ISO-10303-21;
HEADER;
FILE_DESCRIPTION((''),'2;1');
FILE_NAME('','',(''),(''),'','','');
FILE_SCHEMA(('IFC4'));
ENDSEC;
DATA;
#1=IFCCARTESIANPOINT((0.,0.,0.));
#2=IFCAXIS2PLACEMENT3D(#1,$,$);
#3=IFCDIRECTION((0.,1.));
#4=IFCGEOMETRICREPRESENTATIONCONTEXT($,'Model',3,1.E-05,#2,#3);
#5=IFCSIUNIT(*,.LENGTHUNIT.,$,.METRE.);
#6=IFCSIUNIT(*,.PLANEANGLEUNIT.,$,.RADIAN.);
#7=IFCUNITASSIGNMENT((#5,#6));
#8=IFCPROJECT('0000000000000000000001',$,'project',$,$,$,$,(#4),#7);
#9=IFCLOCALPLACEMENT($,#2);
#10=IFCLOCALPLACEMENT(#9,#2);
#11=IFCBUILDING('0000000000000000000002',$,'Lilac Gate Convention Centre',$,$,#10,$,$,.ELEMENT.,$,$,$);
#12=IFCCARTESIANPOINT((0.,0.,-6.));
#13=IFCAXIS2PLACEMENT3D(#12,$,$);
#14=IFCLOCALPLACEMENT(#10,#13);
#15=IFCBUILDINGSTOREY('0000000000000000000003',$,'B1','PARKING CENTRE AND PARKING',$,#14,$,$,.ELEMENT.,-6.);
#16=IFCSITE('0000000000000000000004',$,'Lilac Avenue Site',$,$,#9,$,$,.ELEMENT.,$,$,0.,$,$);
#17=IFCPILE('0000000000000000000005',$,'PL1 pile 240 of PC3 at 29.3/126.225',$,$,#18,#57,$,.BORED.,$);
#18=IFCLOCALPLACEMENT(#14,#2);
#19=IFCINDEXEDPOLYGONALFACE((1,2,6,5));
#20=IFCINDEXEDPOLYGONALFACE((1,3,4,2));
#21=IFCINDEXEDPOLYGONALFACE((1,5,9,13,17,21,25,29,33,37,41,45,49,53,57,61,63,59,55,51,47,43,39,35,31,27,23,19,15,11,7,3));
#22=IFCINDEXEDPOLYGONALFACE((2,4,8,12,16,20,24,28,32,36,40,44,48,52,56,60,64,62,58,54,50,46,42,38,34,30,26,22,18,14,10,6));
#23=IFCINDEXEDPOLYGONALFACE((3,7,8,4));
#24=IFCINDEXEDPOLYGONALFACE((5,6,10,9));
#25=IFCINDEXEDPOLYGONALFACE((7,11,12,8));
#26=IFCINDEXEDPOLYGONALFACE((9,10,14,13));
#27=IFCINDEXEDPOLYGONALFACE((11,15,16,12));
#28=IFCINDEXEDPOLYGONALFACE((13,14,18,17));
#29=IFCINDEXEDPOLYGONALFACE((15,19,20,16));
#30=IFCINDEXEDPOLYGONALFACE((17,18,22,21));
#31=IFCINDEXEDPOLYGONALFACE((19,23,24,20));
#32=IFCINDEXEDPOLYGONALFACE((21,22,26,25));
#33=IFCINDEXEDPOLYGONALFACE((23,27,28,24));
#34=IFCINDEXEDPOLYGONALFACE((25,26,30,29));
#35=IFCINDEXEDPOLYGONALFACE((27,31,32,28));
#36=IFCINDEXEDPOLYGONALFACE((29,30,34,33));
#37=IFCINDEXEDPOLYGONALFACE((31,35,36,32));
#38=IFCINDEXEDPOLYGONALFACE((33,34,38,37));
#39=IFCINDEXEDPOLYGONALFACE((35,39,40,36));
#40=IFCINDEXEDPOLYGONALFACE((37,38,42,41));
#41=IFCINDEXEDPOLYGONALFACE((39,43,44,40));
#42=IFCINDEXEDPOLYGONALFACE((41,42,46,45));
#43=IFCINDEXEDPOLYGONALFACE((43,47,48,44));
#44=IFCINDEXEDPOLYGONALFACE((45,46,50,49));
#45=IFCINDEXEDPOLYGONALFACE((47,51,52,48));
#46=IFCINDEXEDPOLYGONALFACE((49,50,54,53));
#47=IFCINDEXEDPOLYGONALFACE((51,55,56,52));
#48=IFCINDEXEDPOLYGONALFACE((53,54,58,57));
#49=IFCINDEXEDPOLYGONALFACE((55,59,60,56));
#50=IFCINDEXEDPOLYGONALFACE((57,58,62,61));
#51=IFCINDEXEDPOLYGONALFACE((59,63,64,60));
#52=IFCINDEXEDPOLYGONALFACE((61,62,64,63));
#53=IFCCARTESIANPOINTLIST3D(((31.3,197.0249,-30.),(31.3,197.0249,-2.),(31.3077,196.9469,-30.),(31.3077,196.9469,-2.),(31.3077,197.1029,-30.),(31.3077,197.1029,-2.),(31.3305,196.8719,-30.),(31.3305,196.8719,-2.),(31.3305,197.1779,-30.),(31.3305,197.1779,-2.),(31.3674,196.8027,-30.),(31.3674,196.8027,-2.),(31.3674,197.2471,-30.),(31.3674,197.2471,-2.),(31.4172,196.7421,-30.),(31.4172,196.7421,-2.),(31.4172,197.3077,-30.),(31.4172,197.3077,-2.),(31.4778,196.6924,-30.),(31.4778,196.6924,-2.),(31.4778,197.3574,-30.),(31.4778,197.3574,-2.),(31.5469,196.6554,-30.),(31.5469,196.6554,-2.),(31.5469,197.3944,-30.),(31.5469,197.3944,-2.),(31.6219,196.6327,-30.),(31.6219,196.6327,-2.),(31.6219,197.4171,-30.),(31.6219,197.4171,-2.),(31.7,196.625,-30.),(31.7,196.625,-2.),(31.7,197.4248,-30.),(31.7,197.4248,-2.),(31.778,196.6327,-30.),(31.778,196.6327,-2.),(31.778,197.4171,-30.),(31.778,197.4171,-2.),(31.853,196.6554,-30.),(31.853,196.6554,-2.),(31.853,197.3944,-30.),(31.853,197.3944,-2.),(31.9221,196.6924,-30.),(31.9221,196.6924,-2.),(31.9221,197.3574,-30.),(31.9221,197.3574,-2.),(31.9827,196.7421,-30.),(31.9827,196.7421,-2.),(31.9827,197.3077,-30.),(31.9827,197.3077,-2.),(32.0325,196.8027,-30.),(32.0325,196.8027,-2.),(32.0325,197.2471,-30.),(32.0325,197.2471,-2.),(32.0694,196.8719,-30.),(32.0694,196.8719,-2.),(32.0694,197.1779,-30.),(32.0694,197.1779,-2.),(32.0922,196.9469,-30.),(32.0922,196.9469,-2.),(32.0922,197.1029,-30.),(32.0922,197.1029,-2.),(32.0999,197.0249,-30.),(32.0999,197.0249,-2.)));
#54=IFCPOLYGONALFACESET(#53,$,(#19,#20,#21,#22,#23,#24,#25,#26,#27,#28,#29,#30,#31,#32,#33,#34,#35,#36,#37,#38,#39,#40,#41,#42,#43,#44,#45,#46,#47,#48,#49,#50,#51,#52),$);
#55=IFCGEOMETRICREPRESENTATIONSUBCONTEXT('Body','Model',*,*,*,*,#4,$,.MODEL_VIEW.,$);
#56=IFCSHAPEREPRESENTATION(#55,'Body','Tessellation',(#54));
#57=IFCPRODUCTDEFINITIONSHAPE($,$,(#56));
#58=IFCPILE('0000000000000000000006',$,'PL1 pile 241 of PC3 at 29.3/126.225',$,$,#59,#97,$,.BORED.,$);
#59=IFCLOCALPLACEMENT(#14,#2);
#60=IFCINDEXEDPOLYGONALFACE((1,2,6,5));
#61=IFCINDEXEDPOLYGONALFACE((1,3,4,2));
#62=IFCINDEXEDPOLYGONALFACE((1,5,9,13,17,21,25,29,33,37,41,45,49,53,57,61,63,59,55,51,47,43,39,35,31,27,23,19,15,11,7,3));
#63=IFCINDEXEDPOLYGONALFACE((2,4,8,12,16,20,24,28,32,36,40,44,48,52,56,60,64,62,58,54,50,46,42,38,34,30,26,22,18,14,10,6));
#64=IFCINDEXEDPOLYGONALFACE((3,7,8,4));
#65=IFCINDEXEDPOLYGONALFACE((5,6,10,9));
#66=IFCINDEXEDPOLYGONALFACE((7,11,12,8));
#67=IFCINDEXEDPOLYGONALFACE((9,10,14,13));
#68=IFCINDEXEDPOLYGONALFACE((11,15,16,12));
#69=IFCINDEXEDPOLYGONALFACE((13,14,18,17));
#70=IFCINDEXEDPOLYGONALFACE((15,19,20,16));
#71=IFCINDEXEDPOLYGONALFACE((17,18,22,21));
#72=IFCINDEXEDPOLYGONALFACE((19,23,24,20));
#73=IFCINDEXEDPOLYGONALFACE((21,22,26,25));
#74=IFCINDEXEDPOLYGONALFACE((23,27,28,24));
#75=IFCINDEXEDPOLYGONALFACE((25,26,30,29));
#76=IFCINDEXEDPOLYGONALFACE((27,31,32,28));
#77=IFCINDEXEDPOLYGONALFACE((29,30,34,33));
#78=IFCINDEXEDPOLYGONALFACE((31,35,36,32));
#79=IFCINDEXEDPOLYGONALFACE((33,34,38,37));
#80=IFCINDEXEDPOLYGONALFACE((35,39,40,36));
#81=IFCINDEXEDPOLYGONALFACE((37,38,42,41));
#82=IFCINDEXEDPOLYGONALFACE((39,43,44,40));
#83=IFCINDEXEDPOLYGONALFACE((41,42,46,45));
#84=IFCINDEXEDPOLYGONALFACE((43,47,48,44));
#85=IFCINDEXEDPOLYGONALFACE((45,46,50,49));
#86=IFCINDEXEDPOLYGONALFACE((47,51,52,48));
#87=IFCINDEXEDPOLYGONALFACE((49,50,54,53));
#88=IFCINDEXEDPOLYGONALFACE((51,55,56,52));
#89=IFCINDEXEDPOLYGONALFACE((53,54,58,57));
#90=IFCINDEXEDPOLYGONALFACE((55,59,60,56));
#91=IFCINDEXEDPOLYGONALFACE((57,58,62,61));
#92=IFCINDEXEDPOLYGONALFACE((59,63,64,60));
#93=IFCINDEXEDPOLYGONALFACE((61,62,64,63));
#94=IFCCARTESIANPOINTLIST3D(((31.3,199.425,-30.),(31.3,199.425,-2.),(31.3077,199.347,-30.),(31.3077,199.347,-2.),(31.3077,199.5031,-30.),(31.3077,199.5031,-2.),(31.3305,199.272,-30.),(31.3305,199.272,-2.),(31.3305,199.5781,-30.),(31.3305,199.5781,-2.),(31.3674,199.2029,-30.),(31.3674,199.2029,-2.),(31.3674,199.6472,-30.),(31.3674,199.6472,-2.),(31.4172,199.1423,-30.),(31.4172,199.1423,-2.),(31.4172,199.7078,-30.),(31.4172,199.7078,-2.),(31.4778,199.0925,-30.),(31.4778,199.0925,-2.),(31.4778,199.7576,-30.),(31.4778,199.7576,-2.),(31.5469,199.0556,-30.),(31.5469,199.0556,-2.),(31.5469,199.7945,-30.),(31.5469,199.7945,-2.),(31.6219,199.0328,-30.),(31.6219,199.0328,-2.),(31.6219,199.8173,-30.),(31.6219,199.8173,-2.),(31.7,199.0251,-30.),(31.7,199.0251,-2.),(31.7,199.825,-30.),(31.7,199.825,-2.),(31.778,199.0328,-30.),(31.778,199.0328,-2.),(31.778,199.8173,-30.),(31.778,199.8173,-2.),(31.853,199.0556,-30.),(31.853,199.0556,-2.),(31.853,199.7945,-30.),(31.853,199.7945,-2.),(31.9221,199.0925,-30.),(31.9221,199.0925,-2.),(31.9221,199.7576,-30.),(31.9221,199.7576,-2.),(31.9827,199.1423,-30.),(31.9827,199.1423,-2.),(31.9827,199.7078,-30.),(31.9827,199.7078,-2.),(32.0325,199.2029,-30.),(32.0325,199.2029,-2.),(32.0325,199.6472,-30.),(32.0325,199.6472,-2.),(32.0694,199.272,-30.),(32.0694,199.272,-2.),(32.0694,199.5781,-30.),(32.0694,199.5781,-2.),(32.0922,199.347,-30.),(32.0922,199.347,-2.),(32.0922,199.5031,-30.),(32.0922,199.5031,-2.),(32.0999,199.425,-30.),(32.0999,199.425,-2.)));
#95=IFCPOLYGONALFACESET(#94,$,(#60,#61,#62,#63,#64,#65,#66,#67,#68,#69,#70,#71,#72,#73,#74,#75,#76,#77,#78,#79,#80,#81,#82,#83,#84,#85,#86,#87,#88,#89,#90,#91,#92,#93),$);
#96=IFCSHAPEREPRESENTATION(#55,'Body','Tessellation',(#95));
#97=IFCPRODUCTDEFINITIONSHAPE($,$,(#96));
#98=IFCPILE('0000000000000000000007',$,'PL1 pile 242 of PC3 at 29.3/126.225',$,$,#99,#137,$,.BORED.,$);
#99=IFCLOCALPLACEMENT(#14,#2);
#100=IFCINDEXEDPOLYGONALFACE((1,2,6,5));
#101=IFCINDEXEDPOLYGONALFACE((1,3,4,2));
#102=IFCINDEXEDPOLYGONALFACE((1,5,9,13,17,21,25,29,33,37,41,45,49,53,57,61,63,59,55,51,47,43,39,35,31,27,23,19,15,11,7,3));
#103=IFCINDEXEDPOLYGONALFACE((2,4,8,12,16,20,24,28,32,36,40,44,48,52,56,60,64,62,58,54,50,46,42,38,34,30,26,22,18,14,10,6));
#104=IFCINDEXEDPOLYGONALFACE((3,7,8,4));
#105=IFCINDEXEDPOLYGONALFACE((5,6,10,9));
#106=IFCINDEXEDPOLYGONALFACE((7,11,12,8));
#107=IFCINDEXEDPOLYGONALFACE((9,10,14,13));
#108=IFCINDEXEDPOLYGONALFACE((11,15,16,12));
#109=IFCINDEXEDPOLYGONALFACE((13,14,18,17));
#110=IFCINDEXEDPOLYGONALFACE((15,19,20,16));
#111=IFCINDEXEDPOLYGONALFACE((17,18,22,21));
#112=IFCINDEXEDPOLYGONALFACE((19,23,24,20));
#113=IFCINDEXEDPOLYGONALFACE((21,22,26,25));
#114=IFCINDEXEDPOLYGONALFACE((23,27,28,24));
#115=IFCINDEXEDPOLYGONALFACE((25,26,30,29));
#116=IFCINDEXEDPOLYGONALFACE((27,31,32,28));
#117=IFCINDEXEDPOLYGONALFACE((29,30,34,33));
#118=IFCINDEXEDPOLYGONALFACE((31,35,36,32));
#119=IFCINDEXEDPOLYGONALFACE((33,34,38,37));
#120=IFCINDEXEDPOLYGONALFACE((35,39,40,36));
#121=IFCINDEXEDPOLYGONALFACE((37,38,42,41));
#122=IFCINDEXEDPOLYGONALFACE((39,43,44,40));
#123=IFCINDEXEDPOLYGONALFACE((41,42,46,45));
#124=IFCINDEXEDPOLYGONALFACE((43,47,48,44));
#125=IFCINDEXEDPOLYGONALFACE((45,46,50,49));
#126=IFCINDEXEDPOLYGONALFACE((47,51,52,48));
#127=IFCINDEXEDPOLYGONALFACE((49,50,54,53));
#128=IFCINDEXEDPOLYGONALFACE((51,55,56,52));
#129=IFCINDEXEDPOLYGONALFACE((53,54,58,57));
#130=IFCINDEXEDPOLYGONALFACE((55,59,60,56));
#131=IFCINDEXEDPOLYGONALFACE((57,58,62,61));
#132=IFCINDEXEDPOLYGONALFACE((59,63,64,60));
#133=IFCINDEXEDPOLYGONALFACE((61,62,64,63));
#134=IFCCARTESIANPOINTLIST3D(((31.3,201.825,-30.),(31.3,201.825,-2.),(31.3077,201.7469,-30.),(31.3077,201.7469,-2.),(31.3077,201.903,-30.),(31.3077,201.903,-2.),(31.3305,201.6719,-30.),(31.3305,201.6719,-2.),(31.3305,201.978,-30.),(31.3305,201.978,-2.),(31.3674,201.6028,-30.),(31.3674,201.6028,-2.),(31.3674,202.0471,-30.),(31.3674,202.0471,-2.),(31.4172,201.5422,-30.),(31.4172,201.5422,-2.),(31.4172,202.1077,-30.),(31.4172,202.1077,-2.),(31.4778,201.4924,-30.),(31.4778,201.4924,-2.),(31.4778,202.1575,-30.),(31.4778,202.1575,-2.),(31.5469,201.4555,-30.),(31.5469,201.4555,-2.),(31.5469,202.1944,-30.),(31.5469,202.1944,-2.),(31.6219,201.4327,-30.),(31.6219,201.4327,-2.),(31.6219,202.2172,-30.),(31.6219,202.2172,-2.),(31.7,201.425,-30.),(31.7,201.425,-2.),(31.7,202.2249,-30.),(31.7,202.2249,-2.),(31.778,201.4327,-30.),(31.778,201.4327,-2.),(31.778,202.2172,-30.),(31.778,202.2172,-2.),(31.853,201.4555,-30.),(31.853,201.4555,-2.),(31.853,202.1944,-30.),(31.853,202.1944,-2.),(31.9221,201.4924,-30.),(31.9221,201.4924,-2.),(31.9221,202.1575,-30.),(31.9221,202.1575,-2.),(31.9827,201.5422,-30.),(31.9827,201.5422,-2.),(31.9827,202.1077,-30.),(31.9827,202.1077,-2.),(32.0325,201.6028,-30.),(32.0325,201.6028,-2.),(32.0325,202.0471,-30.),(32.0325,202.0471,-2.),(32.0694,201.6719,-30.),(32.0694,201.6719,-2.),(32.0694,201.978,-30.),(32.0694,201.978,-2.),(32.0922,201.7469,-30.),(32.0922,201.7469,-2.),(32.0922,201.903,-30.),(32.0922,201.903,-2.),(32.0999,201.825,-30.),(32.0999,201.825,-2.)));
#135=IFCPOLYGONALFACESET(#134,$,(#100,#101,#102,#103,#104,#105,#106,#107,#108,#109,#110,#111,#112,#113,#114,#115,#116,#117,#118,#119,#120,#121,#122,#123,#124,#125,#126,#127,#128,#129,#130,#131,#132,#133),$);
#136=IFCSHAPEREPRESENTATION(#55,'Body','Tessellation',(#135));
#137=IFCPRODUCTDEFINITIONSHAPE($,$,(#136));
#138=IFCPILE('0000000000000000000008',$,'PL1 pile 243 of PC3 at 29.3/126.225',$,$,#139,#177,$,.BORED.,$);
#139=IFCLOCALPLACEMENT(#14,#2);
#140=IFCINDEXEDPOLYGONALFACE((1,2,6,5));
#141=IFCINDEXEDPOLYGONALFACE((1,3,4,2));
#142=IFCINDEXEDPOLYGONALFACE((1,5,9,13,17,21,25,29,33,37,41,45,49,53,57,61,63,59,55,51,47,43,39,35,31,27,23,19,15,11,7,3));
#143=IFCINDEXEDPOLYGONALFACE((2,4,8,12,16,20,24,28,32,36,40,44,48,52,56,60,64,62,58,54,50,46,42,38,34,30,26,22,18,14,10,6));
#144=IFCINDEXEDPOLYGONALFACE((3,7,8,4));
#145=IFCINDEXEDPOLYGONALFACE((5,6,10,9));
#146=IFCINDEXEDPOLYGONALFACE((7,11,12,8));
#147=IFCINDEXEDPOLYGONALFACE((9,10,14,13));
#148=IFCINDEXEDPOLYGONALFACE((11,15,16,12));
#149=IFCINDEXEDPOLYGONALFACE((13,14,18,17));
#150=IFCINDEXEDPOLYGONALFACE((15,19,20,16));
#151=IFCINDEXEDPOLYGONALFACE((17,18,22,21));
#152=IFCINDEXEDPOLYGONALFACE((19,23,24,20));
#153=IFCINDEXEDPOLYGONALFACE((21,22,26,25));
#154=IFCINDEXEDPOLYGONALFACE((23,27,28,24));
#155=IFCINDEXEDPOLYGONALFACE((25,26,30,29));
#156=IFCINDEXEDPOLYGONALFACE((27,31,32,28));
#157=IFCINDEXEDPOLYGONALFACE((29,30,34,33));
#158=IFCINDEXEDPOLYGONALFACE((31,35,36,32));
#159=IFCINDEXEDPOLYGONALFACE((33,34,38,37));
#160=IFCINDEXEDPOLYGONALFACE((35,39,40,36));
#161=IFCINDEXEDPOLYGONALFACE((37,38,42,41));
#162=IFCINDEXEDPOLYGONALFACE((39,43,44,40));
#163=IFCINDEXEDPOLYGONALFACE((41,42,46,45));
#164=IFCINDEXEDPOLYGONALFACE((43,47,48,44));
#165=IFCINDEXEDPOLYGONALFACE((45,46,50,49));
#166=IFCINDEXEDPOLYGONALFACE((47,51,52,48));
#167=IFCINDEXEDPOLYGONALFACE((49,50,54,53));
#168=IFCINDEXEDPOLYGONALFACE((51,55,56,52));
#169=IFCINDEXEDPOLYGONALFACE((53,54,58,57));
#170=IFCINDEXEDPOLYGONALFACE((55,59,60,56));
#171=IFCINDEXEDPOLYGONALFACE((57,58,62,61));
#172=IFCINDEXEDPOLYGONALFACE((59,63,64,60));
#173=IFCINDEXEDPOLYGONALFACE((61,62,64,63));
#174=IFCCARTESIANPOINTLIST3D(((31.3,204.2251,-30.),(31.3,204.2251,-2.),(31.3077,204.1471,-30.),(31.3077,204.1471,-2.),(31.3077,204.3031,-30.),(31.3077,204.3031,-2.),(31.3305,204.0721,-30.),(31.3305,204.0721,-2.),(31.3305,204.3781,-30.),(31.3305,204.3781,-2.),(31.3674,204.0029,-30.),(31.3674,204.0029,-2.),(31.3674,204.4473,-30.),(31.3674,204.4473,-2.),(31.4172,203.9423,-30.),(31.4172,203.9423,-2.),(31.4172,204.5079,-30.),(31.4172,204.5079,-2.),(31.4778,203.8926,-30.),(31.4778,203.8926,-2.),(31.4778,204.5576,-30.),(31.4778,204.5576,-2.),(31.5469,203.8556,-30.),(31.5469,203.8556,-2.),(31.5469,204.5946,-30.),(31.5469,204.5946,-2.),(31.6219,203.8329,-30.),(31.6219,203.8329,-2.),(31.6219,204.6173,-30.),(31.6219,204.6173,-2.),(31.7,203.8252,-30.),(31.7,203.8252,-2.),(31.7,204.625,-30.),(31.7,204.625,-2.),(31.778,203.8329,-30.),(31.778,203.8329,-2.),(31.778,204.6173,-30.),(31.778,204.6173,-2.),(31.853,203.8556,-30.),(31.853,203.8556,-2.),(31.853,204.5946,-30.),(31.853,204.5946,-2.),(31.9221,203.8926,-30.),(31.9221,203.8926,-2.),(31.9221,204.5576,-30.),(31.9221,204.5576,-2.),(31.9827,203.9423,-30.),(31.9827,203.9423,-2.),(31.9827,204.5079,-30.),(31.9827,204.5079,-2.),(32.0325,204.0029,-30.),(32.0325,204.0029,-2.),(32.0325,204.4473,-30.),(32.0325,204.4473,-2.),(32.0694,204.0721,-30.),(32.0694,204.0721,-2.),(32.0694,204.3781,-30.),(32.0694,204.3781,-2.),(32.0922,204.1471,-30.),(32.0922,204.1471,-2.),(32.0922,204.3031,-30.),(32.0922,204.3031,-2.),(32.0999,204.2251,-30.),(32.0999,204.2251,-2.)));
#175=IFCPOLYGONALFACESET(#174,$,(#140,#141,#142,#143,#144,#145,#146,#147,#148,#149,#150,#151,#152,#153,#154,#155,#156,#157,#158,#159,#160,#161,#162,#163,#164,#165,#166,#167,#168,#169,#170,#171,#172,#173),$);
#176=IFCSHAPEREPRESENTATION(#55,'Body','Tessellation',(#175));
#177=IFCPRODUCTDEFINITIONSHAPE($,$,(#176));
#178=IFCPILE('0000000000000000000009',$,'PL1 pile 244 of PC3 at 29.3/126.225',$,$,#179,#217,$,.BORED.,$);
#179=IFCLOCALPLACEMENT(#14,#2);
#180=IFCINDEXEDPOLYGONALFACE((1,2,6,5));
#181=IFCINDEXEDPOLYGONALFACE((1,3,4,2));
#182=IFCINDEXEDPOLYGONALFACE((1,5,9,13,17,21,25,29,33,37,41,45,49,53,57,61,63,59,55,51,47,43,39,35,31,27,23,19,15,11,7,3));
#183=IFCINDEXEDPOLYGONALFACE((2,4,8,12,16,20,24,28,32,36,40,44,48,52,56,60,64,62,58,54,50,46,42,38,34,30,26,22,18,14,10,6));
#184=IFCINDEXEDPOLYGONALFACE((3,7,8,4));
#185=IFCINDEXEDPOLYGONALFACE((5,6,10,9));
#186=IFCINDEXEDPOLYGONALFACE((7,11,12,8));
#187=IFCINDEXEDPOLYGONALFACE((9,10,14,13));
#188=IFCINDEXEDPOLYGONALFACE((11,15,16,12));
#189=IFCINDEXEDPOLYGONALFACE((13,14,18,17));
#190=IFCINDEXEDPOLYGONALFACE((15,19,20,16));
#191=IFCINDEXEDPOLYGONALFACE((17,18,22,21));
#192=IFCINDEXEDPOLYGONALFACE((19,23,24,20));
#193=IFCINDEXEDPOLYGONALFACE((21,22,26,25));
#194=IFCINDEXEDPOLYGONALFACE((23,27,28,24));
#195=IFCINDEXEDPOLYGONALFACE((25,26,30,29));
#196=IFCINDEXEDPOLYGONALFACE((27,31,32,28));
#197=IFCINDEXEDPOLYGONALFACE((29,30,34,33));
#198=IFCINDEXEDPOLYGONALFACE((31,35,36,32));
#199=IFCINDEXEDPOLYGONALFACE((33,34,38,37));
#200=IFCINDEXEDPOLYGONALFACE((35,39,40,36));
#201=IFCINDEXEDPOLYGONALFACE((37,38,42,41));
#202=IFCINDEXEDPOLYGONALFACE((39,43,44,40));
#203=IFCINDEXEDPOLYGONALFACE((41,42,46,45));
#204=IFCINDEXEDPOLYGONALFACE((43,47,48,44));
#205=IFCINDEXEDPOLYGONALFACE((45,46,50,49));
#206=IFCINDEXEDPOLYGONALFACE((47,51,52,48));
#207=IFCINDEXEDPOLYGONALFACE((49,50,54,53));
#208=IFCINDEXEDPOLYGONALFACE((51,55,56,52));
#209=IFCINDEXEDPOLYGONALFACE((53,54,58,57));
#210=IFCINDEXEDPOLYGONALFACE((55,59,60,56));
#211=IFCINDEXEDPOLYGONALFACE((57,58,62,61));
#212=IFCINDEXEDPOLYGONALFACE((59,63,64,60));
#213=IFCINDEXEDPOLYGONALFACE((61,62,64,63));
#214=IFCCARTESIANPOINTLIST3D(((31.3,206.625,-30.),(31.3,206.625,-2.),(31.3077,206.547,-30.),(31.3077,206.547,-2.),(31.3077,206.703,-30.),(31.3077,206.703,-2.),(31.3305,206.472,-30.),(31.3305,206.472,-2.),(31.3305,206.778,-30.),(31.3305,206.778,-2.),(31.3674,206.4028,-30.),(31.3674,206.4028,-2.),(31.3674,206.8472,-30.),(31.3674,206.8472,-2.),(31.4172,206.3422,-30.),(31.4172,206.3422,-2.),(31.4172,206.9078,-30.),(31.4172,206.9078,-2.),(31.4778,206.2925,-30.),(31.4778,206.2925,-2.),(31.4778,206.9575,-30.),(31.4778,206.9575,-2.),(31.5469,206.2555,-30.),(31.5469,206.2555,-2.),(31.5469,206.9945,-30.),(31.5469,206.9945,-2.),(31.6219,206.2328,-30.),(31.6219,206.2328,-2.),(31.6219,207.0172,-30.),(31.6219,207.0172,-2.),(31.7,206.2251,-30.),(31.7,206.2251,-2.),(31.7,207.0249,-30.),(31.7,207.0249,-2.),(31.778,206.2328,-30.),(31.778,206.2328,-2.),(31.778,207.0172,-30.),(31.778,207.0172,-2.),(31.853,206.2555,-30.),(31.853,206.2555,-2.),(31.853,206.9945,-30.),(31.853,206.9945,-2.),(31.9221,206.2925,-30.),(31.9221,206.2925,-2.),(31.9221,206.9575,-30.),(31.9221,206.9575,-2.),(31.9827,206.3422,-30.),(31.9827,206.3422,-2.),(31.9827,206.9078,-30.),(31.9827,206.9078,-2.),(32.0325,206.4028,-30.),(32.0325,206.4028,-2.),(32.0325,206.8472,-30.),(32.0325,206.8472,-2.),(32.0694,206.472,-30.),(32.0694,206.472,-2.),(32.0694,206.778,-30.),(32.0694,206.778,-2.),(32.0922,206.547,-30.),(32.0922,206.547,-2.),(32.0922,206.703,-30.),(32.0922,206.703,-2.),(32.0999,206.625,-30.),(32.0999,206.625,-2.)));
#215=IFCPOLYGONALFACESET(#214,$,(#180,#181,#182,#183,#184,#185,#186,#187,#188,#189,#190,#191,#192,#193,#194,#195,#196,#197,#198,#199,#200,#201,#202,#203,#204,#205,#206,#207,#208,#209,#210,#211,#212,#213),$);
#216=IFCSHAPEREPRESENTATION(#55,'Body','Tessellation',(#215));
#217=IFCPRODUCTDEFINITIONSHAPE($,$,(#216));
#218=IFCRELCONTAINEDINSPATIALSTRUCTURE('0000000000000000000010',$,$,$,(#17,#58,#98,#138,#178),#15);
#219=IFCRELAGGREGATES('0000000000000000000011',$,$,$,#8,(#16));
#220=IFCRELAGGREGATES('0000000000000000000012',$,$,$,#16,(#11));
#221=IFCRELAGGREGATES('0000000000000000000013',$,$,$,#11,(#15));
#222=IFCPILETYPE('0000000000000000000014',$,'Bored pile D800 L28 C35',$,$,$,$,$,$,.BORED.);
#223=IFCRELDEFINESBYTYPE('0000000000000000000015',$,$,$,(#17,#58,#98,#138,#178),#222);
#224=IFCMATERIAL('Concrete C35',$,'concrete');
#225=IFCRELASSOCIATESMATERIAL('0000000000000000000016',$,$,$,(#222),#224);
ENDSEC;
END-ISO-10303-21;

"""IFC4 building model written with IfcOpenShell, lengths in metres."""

from ifc_helpers import new_model, si_unit, direction, frame, origin, origin_2d, place, context, subcontext, project, spatial, circle, extrude, material, material_profile, profile_set, type_object, element, save


model = new_model("IFC4")

# Units and contexts
model_context = context("Model", 3, precision=1e-05, world=origin(), true_north=direction((0.0, 1.0)))
body_context = subcontext(model_context, "Body", "Model", "MODEL_VIEW")
ifc_project = project(units=[si_unit("LENGTHUNIT", "METRE"), si_unit("PLANEANGLEUNIT", "RADIAN")], contexts=[model_context])

# Site, building, storey
site_placement = place(None, origin())
site = spatial("IfcSite", under=ifc_project, at=site_placement, Name="Lilac Avenue Site", CompositionType="ELEMENT", RefElevation=0.0)
building_placement = place(site_placement, origin())
building = spatial("IfcBuilding", under=site, at=building_placement, Name="Lilac Gate Convention Centre", CompositionType="ELEMENT")
storey_placement = place(building_placement, frame((0.0, 0.0, -6.0)))
storey = spatial("IfcBuildingStorey", under=building, at=storey_placement, Name="B1", Description="PARKING CENTRE AND PARKING", CompositionType="ELEMENT", Elevation=-6.0)

# Piles
ifc_material_1 = material(Name="Concrete C35", Category="concrete")
ifc_material_profile_1 = material_profile(ifc_material_1, circle(Radius=0.3999, at=origin_2d()), Name="D800")
ifc_profile_set_1 = profile_set([ifc_material_profile_1], Name="Concrete C35")
pile_type = type_object("IfcPileType", Name="Bored pile D800 L28 C35", PredefinedType="BORED", material=ifc_profile_set_1)
for number, where, z_axis, x_axis, name in (
    (1, (31.7, 197.0249, -2.0), (0.0, 0.0, -1.0), (1.0, 0.0, 0.0), "PL1 pile 240 of PC3 at 29.3/126.225"),
    (2, (31.7, 199.425, -2.0), (0.0, 0.0, -1.0), (1.0, 0.0, 0.0), "PL1 pile 241 of PC3 at 29.3/126.225"),
    (3, (31.7, 201.825, -2.0), (0.0, 0.0, -1.0), (1.0, 0.0, 0.0), "PL1 pile 242 of PC3 at 29.3/126.225"),
    (4, (31.7, 204.2251, -2.0), (0.0, 0.0, -1.0), (1.0, 0.0, 0.0), "PL1 pile 243 of PC3 at 29.3/126.225"),
    (5, (31.7, 206.625, -2.0), (0.0, 0.0, -1.0), (1.0, 0.0, 0.0), "PL1 pile 244 of PC3 at 29.3/126.225"),
):
    element("IfcPile", number, at=place(storey_placement, frame(where, z_axis=z_axis, x_axis=x_axis)), inside=storey, type_object=pile_type, Name=name, PredefinedType="BORED", context=body_context, shape_type="SweptSolid", body=[
        extrude(circle(Radius=0.3999, at=origin_2d()), origin(), (0.0, 0.0, 1.0), 28.0),
    ])

save(model, "model.ifc")
